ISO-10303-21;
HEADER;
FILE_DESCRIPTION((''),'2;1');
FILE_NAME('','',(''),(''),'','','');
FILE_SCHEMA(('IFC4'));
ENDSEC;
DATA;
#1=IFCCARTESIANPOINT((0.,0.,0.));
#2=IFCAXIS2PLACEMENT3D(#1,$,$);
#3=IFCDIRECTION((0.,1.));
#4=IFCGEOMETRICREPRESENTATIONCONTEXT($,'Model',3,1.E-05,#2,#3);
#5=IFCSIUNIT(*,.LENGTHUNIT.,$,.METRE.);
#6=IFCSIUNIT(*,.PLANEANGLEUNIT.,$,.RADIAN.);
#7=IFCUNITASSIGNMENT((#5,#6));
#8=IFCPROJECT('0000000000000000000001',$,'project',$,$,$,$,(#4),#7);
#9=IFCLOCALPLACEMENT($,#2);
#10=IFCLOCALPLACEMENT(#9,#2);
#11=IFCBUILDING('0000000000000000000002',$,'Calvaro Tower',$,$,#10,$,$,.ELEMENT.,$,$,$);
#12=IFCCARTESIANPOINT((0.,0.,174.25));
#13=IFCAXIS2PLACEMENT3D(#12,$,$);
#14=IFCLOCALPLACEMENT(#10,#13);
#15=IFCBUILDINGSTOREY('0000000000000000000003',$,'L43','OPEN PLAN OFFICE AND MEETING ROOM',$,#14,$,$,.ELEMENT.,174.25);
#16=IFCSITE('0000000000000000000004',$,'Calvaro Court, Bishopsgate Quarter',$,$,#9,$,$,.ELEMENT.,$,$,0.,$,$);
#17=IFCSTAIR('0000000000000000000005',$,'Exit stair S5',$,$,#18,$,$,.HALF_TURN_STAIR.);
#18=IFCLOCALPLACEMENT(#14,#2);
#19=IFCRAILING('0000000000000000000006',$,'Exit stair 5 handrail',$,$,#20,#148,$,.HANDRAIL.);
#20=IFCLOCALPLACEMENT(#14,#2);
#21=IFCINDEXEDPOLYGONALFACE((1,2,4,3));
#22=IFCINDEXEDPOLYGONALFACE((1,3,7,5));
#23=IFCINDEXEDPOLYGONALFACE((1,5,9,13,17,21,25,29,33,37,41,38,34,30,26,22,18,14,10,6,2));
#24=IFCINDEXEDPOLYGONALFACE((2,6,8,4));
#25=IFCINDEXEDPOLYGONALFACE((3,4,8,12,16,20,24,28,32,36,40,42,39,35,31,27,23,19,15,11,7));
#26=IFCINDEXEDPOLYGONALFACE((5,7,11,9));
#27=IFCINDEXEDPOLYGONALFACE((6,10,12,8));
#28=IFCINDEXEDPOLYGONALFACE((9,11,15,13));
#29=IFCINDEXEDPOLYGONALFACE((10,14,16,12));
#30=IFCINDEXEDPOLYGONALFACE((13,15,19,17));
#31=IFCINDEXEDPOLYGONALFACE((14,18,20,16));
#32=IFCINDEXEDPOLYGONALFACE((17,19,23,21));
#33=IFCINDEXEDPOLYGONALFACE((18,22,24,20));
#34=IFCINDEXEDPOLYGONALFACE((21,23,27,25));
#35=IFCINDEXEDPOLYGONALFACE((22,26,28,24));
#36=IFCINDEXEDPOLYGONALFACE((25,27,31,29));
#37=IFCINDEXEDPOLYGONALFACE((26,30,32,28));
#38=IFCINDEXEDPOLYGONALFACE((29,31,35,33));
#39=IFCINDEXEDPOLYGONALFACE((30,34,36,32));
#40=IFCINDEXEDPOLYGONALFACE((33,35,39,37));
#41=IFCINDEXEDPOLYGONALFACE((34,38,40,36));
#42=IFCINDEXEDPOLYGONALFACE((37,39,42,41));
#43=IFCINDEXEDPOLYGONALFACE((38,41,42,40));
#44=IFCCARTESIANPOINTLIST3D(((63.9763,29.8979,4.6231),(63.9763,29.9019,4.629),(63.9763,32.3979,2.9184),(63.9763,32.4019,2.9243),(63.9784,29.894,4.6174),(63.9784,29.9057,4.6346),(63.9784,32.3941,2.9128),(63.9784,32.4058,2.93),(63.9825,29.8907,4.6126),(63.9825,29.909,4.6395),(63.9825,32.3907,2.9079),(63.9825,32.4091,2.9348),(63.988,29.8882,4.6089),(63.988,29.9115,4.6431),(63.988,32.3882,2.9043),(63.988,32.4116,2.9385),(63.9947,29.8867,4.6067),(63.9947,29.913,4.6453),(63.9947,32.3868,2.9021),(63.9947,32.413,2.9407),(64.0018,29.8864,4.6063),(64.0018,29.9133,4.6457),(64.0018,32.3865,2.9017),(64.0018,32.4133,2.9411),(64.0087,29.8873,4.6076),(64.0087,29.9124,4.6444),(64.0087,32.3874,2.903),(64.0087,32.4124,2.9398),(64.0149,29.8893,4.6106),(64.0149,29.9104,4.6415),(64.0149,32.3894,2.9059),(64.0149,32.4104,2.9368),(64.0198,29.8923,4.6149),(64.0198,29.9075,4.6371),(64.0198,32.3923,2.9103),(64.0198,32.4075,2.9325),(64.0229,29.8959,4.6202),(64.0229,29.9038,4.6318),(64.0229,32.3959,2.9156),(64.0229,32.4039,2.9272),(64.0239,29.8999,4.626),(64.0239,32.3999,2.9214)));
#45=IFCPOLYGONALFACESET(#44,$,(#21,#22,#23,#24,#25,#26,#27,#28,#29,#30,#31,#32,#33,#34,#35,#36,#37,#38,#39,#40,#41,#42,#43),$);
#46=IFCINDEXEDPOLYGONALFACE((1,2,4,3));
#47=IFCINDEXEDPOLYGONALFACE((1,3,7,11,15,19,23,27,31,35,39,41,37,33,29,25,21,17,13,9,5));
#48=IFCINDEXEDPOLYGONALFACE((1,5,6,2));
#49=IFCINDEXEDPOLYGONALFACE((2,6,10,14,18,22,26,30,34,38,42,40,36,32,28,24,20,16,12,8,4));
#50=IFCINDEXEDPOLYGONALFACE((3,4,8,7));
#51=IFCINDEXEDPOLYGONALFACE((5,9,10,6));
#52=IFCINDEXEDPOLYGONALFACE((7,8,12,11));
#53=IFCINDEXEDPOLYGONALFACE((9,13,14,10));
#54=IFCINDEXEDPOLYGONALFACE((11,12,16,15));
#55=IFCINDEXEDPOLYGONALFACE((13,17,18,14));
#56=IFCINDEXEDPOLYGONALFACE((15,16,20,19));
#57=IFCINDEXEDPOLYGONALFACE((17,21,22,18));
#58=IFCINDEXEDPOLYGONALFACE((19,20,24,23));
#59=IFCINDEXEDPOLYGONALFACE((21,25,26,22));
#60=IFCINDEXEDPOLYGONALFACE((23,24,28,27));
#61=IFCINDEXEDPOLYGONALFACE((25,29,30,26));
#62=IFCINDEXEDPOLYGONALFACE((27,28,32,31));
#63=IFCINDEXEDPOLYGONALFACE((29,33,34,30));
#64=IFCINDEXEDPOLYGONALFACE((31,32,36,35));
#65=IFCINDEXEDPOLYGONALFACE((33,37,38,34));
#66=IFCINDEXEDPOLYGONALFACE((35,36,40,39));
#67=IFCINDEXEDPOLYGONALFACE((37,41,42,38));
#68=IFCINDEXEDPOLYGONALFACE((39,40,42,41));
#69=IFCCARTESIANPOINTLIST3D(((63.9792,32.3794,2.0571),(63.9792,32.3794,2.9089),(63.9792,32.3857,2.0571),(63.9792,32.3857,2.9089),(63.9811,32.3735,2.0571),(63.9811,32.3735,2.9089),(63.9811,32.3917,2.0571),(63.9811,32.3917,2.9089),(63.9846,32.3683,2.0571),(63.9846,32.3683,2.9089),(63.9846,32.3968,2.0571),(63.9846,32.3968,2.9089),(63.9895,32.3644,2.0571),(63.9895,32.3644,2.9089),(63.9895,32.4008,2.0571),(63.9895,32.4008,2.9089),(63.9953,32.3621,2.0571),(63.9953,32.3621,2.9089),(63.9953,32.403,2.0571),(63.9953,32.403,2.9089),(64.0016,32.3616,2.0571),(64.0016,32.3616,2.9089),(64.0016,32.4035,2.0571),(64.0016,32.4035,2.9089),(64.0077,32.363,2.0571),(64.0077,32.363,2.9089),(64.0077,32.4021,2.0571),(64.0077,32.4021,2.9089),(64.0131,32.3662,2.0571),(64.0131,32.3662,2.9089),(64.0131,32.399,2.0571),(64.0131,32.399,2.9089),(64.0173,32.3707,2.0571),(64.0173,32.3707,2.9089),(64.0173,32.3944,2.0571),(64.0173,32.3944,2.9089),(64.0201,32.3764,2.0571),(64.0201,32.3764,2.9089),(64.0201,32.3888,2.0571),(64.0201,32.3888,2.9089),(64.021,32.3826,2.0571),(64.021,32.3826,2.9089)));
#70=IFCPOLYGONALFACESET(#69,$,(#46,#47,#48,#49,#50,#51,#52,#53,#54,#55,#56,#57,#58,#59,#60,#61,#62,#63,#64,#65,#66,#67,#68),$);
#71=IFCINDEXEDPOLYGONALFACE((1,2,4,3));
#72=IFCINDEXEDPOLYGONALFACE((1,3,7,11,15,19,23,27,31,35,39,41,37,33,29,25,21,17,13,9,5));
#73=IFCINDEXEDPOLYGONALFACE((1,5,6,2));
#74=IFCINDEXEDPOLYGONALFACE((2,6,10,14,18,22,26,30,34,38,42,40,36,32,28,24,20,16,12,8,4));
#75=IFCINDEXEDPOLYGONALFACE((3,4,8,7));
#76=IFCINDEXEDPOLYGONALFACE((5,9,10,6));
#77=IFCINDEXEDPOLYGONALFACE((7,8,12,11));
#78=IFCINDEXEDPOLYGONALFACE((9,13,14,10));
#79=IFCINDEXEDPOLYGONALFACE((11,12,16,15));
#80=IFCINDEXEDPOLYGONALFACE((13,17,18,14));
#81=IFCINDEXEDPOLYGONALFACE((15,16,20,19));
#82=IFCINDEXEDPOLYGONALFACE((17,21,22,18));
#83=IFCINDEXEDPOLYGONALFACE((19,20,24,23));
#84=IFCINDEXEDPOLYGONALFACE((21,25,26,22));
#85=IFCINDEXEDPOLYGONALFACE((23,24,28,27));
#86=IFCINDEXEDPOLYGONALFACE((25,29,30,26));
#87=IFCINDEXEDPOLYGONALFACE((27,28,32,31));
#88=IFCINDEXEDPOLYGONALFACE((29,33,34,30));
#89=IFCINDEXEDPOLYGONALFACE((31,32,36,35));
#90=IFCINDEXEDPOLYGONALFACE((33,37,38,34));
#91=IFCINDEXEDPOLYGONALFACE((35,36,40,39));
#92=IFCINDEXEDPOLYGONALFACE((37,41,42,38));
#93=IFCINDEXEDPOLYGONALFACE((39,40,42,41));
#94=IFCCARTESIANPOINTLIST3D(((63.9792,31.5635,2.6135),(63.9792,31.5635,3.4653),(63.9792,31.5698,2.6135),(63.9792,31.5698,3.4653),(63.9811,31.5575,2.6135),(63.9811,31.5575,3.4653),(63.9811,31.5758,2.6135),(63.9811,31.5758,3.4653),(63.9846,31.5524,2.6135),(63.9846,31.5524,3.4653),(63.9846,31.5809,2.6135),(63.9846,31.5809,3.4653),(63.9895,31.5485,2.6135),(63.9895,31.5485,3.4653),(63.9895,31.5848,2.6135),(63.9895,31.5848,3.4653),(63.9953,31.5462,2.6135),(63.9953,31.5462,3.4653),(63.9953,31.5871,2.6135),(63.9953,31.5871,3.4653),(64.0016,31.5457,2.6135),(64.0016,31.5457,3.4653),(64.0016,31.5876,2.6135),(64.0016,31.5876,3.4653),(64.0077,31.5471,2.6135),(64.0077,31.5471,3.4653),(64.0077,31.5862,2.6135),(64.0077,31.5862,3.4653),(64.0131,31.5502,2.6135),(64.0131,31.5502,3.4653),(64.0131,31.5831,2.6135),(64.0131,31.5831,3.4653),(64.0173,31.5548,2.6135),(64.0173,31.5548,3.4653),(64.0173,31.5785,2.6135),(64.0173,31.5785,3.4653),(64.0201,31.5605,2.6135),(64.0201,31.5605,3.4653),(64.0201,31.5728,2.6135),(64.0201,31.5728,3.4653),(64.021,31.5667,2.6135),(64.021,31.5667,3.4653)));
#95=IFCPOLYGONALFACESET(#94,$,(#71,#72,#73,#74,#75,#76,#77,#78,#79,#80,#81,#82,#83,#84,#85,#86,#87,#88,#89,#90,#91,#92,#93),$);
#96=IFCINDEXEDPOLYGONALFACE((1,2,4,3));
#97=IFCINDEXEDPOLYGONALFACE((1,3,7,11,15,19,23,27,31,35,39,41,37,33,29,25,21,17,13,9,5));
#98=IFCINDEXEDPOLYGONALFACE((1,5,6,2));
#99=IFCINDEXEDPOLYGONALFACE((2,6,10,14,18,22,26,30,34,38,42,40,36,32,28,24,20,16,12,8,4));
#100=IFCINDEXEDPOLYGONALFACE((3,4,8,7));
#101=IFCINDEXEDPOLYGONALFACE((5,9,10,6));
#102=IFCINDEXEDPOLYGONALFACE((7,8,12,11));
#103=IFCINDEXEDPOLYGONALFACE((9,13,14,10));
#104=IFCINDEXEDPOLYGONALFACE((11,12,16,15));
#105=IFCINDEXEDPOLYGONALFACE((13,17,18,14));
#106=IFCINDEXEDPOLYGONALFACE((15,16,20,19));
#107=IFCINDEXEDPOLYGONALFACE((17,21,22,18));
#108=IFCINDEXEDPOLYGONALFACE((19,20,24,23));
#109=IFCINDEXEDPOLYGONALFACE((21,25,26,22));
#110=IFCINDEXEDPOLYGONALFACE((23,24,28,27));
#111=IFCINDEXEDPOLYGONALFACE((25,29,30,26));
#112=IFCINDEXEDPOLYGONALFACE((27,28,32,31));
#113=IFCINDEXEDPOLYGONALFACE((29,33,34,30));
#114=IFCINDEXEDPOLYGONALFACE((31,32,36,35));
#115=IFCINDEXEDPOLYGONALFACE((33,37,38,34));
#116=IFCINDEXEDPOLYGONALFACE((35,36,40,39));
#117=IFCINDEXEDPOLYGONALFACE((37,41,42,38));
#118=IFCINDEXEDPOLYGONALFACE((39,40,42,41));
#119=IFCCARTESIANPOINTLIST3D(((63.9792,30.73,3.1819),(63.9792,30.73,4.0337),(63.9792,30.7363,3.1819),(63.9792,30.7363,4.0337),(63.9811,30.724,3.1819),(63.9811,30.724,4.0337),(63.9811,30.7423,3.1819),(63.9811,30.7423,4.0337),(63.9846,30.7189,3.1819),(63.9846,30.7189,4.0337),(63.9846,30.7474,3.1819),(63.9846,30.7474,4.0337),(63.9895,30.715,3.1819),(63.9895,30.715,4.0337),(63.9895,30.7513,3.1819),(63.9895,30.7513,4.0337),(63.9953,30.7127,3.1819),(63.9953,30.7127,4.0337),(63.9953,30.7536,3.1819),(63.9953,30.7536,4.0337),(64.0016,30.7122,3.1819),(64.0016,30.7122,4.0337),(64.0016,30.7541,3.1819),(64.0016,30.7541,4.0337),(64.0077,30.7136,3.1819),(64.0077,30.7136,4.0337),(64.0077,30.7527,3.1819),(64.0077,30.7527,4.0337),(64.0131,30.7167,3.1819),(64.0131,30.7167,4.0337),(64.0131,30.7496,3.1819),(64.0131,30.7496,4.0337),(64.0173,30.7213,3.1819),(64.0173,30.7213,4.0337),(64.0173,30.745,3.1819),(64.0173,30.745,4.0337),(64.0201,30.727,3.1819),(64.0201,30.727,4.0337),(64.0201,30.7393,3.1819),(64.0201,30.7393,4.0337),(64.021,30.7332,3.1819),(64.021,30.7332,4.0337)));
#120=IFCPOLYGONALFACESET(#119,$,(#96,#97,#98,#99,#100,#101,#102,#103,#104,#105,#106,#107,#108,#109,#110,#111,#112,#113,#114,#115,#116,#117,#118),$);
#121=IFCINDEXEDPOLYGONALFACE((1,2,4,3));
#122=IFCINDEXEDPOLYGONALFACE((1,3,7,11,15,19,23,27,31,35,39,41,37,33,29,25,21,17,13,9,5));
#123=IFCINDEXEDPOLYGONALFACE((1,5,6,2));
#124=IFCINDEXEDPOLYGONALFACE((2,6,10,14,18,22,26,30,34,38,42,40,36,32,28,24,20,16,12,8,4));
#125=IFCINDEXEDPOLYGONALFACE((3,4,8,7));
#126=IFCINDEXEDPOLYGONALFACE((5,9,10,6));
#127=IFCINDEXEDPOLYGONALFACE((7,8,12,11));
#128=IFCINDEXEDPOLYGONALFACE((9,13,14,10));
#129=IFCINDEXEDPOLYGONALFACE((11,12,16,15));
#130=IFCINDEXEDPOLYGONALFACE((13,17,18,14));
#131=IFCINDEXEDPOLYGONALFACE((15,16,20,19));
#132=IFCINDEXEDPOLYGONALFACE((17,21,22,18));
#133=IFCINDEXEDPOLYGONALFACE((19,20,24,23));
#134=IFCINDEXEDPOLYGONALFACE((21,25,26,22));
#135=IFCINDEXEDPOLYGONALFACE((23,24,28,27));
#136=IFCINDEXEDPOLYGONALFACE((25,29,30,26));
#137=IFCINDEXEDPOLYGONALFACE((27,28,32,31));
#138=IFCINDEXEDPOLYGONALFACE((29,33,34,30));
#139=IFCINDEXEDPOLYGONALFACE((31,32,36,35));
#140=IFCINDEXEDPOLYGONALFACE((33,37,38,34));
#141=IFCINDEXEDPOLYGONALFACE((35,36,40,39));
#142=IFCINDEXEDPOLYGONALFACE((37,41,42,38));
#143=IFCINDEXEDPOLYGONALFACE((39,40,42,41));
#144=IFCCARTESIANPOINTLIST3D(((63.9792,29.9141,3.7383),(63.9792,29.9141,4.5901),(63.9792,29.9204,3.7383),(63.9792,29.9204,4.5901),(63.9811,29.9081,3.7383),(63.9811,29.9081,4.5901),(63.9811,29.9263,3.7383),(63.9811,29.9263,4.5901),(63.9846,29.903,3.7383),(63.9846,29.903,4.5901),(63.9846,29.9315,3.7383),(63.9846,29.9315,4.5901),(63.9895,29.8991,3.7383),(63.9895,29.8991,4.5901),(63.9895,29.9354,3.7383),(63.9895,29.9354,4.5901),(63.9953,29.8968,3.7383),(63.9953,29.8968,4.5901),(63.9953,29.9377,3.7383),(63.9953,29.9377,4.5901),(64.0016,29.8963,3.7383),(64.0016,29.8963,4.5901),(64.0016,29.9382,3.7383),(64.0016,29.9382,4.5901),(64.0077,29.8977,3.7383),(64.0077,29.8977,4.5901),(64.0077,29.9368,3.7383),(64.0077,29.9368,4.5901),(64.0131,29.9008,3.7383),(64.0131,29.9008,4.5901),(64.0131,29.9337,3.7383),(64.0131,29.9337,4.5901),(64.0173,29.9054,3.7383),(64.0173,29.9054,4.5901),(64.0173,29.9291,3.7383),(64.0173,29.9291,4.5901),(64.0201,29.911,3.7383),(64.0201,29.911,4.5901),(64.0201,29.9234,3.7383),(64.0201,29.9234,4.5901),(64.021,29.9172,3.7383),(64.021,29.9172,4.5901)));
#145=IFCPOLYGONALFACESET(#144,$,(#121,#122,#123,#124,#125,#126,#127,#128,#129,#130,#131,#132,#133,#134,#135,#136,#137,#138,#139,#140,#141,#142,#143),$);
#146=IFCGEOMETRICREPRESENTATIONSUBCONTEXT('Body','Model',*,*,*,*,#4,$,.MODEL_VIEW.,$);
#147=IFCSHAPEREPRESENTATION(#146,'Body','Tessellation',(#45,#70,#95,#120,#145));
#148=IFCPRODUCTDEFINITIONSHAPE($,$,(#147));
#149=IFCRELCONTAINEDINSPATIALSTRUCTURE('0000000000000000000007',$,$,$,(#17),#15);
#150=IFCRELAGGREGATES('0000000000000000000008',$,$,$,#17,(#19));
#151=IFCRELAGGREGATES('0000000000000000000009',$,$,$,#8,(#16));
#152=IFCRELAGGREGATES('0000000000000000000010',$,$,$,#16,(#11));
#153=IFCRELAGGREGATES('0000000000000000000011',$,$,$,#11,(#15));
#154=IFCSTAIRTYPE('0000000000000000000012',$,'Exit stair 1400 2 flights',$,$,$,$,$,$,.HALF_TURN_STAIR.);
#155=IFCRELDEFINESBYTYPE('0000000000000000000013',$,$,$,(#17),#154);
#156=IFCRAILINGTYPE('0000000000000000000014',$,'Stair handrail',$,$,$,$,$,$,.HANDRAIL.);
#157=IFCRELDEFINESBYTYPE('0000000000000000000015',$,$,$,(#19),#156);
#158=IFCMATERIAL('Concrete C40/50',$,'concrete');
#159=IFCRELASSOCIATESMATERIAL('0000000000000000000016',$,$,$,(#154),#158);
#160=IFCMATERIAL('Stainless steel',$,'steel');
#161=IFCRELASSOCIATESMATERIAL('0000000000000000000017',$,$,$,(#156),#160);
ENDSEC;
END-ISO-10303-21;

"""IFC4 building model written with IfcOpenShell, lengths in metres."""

from ifc_helpers import new_model, si_unit, direction, frame, origin, origin_2d, place, context, subcontext, project, spatial, circle, extrude, material, type_object, element, aggregate, save


model = new_model("IFC4")

# Units and contexts
model_context = context("Model", 3, precision=1e-05, world=origin(), true_north=direction((0.0, 1.0)))
body_context = subcontext(model_context, "Body", "Model", "MODEL_VIEW")
ifc_project = project(units=[si_unit("LENGTHUNIT", "METRE"), si_unit("PLANEANGLEUNIT", "RADIAN")], contexts=[model_context])

# Site, building, storey
site_placement = place(None, origin())
site = spatial("IfcSite", under=ifc_project, at=site_placement, Name="Calvaro Court, Bishopsgate Quarter", CompositionType="ELEMENT", RefElevation=0.0)
building_placement = place(site_placement, origin())
building = spatial("IfcBuilding", under=site, at=building_placement, Name="Calvaro Tower", CompositionType="ELEMENT")
storey_placement = place(building_placement, frame((0.0, 0.0, 174.25)))
storey = spatial("IfcBuildingStorey", under=building, at=storey_placement, Name="L43", Description="OPEN PLAN OFFICE AND MEETING ROOM", CompositionType="ELEMENT", Elevation=174.25)

# Stair, railing
ifc_material_1 = material(Name="Concrete C40/50", Category="concrete")
stair_type = type_object("IfcStairType", Name="Exit stair 1400 2 flights", PredefinedType="HALF_TURN_STAIR", material=ifc_material_1)
stair_placement = place(storey_placement, origin())
stair = element("IfcStair", 1, at=stair_placement, inside=storey, type_object=stair_type, Name="Exit stair S5", PredefinedType="HALF_TURN_STAIR")
ifc_material_2 = material(Name="Stainless steel", Category="steel")
railing_type = type_object("IfcRailingType", Name="Stair handrail", PredefinedType="HANDRAIL", material=ifc_material_2)
railing_1_placement = place(storey_placement, frame((64.0, 32.3999, 2.0454)))
railing_1 = element("IfcRailing", 2, at=railing_1_placement, type_object=railing_type, Name="Exit stair 5 handrail", PredefinedType="HANDRAIL", context=body_context, shape_type="SweptSolid", body=[
    extrude(circle(Radius=0.0239, at=origin_2d()), frame((0.0, 0.0, 0.876), z_axis=(0.0, -0.826221, 0.563347), x_axis=(1.0, 0.0, 0.0)), (0.0, 0.0, 1.0), 3.0259),
    extrude(circle(Radius=0.021, at=origin_2d()), frame((0.0, -0.0173, 0.0117)), (0.0, 0.0, 1.0), 0.8518),
    extrude(circle(Radius=0.021, at=origin_2d()), frame((0.0, -0.8333, 0.5681)), (0.0, 0.0, 1.0), 0.8518),
    extrude(circle(Radius=0.021, at=origin_2d()), frame((0.0, -1.6667, 1.1365)), (0.0, 0.0, 1.0), 0.8518),
    extrude(circle(Radius=0.021, at=origin_2d()), frame((0.0, -2.4827, 1.6929)), (0.0, 0.0, 1.0), 0.8518),
])
aggregate(stair, [railing_1])

save(model, "model.ifc")
